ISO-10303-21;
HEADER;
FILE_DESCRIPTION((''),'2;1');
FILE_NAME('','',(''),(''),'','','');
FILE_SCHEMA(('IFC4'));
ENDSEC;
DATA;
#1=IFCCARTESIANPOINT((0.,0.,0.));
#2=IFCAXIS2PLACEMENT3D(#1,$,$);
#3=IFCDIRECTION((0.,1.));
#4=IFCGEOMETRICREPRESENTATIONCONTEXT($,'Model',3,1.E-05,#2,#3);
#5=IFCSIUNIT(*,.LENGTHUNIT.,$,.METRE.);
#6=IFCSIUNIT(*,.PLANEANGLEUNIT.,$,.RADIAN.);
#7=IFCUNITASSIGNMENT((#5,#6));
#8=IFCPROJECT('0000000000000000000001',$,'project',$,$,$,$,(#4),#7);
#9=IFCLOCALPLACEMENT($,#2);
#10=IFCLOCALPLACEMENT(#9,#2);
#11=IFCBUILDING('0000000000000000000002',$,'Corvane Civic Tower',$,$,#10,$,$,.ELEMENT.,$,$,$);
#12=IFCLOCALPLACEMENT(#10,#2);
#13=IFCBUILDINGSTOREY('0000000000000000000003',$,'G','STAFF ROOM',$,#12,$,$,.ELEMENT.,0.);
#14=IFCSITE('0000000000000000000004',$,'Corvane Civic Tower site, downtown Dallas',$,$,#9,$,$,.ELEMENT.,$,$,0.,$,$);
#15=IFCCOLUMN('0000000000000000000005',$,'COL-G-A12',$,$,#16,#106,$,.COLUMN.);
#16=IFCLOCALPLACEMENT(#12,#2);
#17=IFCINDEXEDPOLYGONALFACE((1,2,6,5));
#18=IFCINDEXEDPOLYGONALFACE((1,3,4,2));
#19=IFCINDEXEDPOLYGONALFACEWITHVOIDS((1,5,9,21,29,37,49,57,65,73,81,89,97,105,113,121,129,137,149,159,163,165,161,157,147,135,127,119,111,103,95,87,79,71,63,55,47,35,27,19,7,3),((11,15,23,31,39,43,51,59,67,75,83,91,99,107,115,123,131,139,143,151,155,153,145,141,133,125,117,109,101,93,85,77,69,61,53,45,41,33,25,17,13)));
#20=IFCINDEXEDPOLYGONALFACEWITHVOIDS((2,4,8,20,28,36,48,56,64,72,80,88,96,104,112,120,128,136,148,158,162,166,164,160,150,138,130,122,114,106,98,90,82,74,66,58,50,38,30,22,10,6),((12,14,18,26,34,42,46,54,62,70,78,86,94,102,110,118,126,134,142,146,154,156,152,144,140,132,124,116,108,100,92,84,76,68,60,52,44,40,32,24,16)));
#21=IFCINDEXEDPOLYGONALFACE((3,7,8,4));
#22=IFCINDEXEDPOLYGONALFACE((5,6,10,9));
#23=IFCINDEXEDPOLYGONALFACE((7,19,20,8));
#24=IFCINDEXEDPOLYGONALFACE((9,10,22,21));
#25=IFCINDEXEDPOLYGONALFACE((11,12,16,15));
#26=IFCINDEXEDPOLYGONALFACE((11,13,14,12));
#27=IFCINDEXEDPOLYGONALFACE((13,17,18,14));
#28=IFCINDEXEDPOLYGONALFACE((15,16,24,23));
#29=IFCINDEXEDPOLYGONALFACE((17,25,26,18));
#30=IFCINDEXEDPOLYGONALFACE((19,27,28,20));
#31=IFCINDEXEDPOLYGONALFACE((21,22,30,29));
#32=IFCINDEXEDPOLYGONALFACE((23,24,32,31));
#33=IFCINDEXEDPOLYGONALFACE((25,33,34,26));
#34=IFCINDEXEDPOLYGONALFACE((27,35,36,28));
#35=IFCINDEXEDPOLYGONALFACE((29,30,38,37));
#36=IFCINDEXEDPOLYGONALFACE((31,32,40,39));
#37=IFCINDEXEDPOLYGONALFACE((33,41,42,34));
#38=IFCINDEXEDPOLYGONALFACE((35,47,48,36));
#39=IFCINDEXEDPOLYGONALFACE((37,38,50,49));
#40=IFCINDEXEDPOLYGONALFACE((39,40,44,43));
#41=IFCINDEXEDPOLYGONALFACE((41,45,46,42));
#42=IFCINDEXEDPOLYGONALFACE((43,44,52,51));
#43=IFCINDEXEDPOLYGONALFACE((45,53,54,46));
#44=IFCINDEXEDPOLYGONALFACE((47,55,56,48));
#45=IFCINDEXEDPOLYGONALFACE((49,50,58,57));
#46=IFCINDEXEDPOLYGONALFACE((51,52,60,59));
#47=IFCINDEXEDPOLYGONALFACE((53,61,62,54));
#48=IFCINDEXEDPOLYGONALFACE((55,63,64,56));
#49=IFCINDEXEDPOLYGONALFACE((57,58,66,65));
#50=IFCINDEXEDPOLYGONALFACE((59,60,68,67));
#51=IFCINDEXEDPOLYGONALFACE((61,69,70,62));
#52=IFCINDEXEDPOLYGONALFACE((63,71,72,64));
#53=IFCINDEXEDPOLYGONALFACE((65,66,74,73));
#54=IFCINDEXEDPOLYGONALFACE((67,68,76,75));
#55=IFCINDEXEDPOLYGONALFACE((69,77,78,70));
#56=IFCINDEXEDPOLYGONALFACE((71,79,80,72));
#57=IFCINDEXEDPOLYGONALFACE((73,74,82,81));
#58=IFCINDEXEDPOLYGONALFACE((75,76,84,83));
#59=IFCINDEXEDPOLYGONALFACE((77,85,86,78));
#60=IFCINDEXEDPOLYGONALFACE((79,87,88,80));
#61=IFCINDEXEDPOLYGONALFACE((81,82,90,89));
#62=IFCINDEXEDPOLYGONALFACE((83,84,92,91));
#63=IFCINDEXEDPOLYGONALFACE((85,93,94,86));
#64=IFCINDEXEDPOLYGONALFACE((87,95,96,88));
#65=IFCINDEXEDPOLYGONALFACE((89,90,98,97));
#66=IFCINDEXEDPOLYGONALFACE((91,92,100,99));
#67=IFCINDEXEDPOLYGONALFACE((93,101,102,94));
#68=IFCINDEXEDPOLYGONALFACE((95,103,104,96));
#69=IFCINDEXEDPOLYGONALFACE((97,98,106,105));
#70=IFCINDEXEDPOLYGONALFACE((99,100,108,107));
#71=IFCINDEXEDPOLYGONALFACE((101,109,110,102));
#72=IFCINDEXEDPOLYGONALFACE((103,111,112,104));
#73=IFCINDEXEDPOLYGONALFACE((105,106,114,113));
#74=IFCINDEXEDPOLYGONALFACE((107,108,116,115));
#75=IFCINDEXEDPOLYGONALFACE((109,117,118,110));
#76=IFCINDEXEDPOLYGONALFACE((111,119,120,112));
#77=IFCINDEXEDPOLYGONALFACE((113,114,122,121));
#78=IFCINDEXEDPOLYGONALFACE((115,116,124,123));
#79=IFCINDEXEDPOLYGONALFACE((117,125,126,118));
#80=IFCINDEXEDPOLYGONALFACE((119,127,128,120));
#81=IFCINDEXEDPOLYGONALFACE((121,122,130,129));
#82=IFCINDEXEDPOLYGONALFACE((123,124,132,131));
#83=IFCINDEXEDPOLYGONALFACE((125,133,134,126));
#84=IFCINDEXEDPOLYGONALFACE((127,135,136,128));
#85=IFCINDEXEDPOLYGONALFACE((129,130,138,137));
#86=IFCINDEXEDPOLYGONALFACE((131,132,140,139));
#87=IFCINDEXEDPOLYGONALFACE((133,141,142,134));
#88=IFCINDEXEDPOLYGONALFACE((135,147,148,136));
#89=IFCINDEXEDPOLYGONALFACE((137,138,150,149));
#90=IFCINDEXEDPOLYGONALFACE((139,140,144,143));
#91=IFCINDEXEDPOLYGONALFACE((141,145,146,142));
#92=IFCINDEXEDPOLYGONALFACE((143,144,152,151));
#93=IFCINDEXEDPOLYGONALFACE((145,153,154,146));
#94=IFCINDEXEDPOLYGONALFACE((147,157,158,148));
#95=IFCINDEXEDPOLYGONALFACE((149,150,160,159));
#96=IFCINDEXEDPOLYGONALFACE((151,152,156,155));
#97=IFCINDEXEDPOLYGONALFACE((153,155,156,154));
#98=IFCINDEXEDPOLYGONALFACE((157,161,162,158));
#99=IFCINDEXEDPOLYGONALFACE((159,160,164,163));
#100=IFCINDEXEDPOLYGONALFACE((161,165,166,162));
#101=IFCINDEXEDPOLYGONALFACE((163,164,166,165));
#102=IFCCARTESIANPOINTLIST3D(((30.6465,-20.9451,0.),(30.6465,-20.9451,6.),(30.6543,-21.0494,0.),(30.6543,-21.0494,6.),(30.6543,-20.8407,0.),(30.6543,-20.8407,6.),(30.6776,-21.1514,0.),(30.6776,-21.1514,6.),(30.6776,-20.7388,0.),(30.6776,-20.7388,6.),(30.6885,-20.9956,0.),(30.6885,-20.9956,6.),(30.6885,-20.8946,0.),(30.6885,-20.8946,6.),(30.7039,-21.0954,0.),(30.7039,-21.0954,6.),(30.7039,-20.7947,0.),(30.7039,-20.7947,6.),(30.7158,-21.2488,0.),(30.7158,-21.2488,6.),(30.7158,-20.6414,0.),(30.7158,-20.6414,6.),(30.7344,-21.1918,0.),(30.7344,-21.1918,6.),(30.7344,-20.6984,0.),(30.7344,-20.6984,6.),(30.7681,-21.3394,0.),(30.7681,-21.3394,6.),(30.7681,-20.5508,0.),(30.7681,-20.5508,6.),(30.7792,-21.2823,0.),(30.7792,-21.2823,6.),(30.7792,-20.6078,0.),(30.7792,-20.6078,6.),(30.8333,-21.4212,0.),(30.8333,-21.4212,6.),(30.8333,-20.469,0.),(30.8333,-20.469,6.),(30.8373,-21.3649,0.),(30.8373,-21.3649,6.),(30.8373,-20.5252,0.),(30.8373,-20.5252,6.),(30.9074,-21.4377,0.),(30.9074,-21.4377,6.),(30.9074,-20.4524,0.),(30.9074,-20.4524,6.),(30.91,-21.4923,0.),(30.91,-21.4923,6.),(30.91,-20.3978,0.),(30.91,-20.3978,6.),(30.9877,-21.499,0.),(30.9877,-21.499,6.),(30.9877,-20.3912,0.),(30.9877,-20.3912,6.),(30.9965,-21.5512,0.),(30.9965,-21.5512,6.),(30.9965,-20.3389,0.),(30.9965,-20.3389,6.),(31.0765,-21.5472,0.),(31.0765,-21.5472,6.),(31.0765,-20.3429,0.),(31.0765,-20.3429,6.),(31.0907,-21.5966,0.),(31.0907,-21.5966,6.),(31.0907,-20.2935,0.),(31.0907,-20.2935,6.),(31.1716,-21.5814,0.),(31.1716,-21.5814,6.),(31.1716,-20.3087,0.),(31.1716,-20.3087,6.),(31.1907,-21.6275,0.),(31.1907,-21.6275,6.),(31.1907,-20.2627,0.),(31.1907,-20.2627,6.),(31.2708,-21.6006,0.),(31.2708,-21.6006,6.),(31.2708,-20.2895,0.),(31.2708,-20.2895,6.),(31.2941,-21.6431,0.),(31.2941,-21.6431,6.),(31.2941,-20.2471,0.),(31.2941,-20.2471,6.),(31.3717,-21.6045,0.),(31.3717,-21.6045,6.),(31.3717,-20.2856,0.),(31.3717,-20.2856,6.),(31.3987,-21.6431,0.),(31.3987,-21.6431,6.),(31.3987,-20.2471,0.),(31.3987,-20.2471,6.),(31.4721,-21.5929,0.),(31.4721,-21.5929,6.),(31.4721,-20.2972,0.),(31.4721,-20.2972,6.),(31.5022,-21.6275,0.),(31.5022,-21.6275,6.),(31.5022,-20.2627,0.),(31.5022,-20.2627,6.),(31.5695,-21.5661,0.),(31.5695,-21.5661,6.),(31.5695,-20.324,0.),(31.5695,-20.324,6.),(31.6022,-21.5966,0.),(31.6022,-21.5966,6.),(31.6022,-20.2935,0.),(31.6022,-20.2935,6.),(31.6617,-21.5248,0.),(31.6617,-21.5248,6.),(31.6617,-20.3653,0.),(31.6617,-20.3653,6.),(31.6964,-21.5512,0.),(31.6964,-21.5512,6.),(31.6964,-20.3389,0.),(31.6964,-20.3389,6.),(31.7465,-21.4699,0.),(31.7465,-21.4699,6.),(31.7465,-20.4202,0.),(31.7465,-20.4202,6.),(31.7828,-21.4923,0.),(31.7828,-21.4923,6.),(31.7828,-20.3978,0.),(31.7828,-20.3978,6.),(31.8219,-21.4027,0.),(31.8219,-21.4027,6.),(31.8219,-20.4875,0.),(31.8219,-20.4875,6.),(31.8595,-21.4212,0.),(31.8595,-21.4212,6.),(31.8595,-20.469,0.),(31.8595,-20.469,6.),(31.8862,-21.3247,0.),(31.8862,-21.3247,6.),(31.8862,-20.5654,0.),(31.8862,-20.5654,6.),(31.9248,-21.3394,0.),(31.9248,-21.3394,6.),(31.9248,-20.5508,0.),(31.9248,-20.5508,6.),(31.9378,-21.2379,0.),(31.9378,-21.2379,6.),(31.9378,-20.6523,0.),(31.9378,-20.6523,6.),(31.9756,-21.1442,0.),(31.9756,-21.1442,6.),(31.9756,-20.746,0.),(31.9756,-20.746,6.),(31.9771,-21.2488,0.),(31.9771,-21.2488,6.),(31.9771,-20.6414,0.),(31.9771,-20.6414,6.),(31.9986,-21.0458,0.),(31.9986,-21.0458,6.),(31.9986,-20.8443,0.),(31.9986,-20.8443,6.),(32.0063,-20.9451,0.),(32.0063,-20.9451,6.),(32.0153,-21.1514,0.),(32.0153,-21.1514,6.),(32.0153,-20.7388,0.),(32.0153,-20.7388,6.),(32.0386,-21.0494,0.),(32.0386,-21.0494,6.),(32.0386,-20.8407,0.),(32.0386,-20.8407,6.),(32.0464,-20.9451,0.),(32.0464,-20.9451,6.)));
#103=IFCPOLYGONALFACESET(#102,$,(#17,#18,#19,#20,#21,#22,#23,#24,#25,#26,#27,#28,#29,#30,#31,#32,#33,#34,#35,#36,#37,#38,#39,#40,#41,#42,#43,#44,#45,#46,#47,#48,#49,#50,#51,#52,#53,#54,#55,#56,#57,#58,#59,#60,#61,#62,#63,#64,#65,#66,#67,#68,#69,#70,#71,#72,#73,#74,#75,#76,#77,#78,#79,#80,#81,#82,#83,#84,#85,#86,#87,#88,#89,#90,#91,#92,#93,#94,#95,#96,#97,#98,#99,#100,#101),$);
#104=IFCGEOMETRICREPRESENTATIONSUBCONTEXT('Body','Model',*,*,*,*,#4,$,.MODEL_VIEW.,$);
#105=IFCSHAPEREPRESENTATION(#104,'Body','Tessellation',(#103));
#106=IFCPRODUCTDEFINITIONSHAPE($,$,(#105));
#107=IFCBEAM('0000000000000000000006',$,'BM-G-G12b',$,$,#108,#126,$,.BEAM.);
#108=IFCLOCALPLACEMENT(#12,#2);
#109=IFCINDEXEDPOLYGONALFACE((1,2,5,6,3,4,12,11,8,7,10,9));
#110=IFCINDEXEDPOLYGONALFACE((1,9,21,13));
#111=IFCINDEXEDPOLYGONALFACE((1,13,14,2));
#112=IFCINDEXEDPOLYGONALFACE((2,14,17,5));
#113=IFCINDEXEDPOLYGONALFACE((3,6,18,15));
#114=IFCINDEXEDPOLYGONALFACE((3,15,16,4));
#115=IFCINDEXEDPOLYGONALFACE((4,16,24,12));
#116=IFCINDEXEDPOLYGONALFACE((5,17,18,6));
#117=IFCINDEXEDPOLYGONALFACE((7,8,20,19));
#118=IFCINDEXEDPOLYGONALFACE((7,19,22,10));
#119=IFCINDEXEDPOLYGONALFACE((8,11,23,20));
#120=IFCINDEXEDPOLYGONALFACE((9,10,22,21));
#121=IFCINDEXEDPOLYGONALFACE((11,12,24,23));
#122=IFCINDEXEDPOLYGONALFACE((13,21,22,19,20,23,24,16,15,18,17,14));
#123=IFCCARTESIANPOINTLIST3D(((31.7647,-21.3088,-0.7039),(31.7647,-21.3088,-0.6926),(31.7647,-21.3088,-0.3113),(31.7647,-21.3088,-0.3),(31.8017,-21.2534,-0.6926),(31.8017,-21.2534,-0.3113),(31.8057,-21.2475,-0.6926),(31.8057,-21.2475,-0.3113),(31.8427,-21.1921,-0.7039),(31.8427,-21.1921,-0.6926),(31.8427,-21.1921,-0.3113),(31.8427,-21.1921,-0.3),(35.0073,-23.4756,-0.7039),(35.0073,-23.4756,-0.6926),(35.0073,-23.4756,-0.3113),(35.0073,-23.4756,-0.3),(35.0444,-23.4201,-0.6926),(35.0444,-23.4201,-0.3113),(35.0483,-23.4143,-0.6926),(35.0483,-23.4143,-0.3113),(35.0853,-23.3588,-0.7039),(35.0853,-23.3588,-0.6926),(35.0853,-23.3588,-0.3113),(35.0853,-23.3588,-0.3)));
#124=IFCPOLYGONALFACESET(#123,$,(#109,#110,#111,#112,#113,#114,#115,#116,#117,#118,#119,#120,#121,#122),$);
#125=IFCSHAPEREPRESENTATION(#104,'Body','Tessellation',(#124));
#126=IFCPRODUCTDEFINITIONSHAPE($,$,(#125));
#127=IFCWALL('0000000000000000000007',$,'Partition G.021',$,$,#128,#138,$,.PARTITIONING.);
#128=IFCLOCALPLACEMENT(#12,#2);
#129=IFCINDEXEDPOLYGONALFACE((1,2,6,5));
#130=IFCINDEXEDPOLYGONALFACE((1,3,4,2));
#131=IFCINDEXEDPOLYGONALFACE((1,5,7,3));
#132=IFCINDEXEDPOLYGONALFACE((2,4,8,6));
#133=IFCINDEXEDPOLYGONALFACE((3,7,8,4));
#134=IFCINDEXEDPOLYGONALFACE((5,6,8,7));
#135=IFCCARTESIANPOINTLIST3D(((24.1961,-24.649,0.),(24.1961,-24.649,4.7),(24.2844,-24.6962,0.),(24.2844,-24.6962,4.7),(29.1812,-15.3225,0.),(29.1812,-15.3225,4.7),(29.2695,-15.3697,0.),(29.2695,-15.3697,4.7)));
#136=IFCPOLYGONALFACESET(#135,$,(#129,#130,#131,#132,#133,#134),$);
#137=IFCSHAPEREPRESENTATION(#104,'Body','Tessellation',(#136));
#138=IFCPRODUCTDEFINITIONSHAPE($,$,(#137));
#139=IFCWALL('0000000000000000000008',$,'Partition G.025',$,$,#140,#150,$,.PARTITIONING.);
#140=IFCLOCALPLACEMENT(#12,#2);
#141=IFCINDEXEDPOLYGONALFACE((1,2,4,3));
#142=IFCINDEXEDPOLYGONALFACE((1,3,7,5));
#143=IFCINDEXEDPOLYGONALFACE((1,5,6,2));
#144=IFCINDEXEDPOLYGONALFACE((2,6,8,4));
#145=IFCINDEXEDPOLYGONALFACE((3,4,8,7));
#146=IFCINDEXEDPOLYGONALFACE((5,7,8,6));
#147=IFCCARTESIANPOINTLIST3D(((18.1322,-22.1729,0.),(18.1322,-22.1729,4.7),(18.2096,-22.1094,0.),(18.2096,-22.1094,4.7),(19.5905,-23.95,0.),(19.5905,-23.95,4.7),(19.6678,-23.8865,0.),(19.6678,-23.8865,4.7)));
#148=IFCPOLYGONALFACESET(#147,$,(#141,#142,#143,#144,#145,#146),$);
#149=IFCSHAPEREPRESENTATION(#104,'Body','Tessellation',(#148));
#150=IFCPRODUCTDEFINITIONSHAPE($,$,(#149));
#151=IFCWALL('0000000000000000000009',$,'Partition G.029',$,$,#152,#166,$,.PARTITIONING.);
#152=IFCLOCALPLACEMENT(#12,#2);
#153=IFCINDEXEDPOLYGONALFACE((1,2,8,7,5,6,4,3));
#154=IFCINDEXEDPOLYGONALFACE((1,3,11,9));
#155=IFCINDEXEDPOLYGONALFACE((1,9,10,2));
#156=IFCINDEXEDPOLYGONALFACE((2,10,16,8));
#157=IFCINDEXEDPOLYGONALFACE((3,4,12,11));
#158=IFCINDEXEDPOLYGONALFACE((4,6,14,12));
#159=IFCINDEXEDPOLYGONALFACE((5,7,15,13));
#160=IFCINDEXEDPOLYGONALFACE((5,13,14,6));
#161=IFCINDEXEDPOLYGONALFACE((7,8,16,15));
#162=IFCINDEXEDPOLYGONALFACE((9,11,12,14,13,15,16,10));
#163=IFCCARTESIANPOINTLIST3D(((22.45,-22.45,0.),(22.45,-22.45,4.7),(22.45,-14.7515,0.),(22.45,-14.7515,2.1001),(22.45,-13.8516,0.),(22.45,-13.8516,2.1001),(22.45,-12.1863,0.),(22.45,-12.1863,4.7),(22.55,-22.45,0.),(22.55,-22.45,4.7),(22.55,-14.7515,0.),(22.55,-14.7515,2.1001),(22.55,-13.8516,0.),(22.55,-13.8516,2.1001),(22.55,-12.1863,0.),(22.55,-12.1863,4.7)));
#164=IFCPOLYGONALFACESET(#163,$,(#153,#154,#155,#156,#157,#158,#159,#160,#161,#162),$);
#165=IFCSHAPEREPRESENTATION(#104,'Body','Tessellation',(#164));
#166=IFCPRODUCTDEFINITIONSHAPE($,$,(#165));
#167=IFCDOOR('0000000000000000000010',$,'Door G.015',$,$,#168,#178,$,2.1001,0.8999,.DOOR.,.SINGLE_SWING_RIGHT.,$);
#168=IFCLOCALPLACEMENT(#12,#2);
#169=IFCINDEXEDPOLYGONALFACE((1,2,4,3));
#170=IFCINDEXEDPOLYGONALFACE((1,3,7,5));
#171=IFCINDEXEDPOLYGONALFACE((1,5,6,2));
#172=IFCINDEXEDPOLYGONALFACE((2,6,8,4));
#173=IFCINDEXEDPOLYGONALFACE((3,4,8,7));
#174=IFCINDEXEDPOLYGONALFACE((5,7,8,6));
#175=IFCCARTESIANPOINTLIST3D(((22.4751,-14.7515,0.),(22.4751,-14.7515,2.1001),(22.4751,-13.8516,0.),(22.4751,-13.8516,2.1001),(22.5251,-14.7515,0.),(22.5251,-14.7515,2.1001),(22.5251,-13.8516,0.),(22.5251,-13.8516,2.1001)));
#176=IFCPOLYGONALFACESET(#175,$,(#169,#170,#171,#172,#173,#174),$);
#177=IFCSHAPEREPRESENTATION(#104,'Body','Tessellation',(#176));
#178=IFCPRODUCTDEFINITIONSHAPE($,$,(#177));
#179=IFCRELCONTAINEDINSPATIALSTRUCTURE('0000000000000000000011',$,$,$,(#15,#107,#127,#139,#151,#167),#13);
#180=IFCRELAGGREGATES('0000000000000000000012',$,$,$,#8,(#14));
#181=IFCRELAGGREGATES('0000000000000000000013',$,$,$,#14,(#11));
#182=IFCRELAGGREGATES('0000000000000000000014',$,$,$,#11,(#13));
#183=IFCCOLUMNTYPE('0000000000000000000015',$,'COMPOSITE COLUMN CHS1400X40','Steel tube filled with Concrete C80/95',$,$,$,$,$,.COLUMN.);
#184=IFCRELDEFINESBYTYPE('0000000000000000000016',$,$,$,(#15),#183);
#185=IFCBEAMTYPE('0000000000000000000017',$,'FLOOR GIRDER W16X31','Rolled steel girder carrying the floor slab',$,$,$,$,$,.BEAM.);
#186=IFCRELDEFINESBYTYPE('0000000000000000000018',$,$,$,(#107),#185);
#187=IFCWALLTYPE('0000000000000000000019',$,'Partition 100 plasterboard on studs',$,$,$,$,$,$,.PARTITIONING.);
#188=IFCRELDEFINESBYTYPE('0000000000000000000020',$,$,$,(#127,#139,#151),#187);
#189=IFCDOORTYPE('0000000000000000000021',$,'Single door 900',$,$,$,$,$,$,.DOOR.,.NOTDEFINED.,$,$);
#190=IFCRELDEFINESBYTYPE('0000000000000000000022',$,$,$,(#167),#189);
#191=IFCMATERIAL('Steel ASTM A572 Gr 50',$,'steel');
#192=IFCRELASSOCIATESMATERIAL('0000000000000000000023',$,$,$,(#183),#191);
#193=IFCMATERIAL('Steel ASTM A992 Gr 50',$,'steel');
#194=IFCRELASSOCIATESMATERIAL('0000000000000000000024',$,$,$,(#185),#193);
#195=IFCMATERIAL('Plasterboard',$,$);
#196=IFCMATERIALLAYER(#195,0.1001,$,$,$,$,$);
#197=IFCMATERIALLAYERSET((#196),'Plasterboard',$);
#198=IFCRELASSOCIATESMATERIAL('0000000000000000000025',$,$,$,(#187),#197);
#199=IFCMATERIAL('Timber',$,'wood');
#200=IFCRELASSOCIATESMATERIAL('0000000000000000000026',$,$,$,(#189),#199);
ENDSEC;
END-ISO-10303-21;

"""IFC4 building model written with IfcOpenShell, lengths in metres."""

from ifc_helpers import new_model, si_unit, direction, frame, frame_2d, origin, origin_2d, place, context, subcontext, project, spatial, rectangle, hollow_circle, i_section, extrude, material, layer, layer_set, material_profile, profile_set, type_object, element, fill, save


model = new_model("IFC4")

# Units and contexts
model_context = context("Model", 3, precision=1e-05, world=origin(), true_north=direction((0.0, 1.0)))
body_context = subcontext(model_context, "Body", "Model", "MODEL_VIEW")
ifc_project = project(units=[si_unit("LENGTHUNIT", "METRE"), si_unit("PLANEANGLEUNIT", "RADIAN")], contexts=[model_context])

# Site, building, storey
site_placement = place(None, origin())
site = spatial("IfcSite", under=ifc_project, at=site_placement, Name="Corvane Civic Tower site, downtown Dallas", CompositionType="ELEMENT", RefElevation=0.0)
building_placement = place(site_placement, origin())
building = spatial("IfcBuilding", under=site, at=building_placement, Name="Corvane Civic Tower", CompositionType="ELEMENT")
storey_placement = place(building_placement, origin())
storey = spatial("IfcBuildingStorey", under=building, at=storey_placement, Name="G", Description="STAFF ROOM", CompositionType="ELEMENT", Elevation=0.0)

# Column
ifc_material_1 = material(Name="Steel ASTM A572 Gr 50", Category="steel")
ifc_material_profile_1 = material_profile(ifc_material_1, hollow_circle(Radius=0.7, WallThickness=0.04, at=origin_2d()), Name="CHS1400X40")
ifc_profile_set_1 = profile_set([ifc_material_profile_1], Name="Steel ASTM A572 Gr 50")
column_type = type_object("IfcColumnType", Name="COMPOSITE COLUMN CHS1400X40", Description="Steel tube filled with Concrete C80/95", PredefinedType="COLUMN", material=ifc_profile_set_1)
column_placement = place(storey_placement, frame((31.3464, -20.9451, 0.0), z_axis=(0.0, 0.0, 1.0), x_axis=(1.0, 0.0, 0.0)))
element("IfcColumn", 1, at=column_placement, inside=storey, type_object=column_type, Name="COL-G-A12", PredefinedType="COLUMN", context=body_context, shape_type="SweptSolid", body=[
    extrude(hollow_circle(Radius=0.7, WallThickness=0.04, at=origin_2d()), origin(), (0.0, 0.0, 1.0), 6.0),
])

# Beam
ifc_material_2 = material(Name="Steel ASTM A992 Gr 50", Category="steel")
ifc_material_profile_2 = material_profile(ifc_material_2, i_section(OverallWidth=0.1404, OverallDepth=0.4038, WebThickness=0.0071, FlangeThickness=0.0112, at=origin_2d()), Name="W16X31")
ifc_profile_set_2 = profile_set([ifc_material_profile_2], Name="Steel ASTM A992 Gr 50")
beam_type = type_object("IfcBeamType", Name="FLOOR GIRDER W16X31", Description="Rolled steel girder carrying the floor slab", PredefinedType="BEAM", material=ifc_profile_set_2)
beam_placement = place(storey_placement, frame((31.8037, -21.2505, -0.502), z_axis=(0.831462, -0.555581, 0.0), x_axis=(0.555581, 0.831462, 0.0)))
element("IfcBeam", 2, at=beam_placement, inside=storey, type_object=beam_type, Name="BM-G-G12b", PredefinedType="BEAM", context=body_context, shape_type="SweptSolid", body=[
    extrude(i_section(OverallWidth=0.1404, OverallDepth=0.4038, WebThickness=0.0071, FlangeThickness=0.0112, at=origin_2d()), origin(), (0.0, 0.0, 1.0), 3.8999),
])

# Walls
ifc_material_3 = material(Name="Plasterboard")
ifc_layer_1 = layer(ifc_material_3, 0.1001)
ifc_layer_set_1 = layer_set([ifc_layer_1], Name="Plasterboard")
wall_type_1 = type_object("IfcWallType", Name="Partition 100 plasterboard on studs", PredefinedType="PARTITIONING", material=ifc_layer_set_1)
wall_1_placement = place(storey_placement, frame((24.2402, -24.6726, 0.0), z_axis=(0.0, 0.0, 1.0), x_axis=(0.471399, 0.88192, 0.0)))
element("IfcWall", 3, at=wall_1_placement, inside=storey, type_object=wall_type_1, Name="Partition G.021", PredefinedType="PARTITIONING", context=body_context, shape_type="SweptSolid", body=[
    extrude(rectangle(XDim=10.5752, YDim=0.1001, at=frame_2d((5.2876, 0.0))), origin(), (0.0, 0.0, 1.0), 4.7),
])
wall_2_placement = place(storey_placement, frame((18.1709, -22.1411, 0.0), z_axis=(0.0, 0.0, 1.0), x_axis=(0.634348, -0.773048, 0.0)))
element("IfcWall", 4, at=wall_2_placement, inside=storey, type_object=wall_type_1, Name="Partition G.025", PredefinedType="PARTITIONING", context=body_context, shape_type="SweptSolid", body=[
    extrude(rectangle(XDim=2.2988, YDim=0.1001, at=frame_2d((1.1494, 0.0))), origin(), (0.0, 0.0, 1.0), 4.7),
])

# Wall, opening, door
wall_3_placement = place(storey_placement, frame((22.5, -22.45, 0.0), z_axis=(0.0, 0.0, 1.0), x_axis=(0.0, 1.0, 0.0)))
wall_3 = element("IfcWall", 5, at=wall_3_placement, inside=storey, type_object=wall_type_1, Name="Partition G.029", PredefinedType="PARTITIONING", context=body_context, shape_type="SweptSolid", body=[
    extrude(rectangle(XDim=10.2637, YDim=0.1001, at=frame_2d((5.1318, 0.0))), origin(), (0.0, 0.0, 1.0), 4.7),
])
opening_1_placement = place(wall_3_placement, frame((7.6985, 0.0, 0.0)))
opening_1 = element("IfcOpeningElement", 6, at=opening_1_placement, cuts=wall_3, PredefinedType="OPENING", context=body_context, shape_type="SweptSolid", body=[
    extrude(rectangle(XDim=0.8999, YDim=2.1001, at=frame_2d((0.45, 1.05))), frame((0.0, 0.0601, 0.0), z_axis=(0.0, -1.0, 0.0), x_axis=(1.0, 0.0, 0.0)), (0.0, 0.0, 1.0), 0.1201),
])
ifc_material_4 = material(Name="Timber", Category="wood")
door_type_1 = type_object("IfcDoorType", Name="Single door 900", OperationType="NOTDEFINED", PredefinedType="DOOR", material=ifc_material_4)
door_1_placement = place(opening_1_placement, origin())
door_1 = element("IfcDoor", 7, at=door_1_placement, inside=storey, type_object=door_type_1, Name="Door G.015", OperationType="SINGLE_SWING_RIGHT", OverallHeight=2.1001, OverallWidth=0.8999, PredefinedType="DOOR", context=body_context, shape_type="SweptSolid", body=[
    extrude(rectangle(XDim=0.8999, YDim=2.1001, at=frame_2d((0.45, 1.05))), frame((0.0, 0.0249, 0.0), z_axis=(0.0, -1.0, 0.0), x_axis=(1.0, 0.0, 0.0)), (0.0, 0.0, 1.0), 0.05),
])
fill(opening_1, door_1)

save(model, "model.ifc")
